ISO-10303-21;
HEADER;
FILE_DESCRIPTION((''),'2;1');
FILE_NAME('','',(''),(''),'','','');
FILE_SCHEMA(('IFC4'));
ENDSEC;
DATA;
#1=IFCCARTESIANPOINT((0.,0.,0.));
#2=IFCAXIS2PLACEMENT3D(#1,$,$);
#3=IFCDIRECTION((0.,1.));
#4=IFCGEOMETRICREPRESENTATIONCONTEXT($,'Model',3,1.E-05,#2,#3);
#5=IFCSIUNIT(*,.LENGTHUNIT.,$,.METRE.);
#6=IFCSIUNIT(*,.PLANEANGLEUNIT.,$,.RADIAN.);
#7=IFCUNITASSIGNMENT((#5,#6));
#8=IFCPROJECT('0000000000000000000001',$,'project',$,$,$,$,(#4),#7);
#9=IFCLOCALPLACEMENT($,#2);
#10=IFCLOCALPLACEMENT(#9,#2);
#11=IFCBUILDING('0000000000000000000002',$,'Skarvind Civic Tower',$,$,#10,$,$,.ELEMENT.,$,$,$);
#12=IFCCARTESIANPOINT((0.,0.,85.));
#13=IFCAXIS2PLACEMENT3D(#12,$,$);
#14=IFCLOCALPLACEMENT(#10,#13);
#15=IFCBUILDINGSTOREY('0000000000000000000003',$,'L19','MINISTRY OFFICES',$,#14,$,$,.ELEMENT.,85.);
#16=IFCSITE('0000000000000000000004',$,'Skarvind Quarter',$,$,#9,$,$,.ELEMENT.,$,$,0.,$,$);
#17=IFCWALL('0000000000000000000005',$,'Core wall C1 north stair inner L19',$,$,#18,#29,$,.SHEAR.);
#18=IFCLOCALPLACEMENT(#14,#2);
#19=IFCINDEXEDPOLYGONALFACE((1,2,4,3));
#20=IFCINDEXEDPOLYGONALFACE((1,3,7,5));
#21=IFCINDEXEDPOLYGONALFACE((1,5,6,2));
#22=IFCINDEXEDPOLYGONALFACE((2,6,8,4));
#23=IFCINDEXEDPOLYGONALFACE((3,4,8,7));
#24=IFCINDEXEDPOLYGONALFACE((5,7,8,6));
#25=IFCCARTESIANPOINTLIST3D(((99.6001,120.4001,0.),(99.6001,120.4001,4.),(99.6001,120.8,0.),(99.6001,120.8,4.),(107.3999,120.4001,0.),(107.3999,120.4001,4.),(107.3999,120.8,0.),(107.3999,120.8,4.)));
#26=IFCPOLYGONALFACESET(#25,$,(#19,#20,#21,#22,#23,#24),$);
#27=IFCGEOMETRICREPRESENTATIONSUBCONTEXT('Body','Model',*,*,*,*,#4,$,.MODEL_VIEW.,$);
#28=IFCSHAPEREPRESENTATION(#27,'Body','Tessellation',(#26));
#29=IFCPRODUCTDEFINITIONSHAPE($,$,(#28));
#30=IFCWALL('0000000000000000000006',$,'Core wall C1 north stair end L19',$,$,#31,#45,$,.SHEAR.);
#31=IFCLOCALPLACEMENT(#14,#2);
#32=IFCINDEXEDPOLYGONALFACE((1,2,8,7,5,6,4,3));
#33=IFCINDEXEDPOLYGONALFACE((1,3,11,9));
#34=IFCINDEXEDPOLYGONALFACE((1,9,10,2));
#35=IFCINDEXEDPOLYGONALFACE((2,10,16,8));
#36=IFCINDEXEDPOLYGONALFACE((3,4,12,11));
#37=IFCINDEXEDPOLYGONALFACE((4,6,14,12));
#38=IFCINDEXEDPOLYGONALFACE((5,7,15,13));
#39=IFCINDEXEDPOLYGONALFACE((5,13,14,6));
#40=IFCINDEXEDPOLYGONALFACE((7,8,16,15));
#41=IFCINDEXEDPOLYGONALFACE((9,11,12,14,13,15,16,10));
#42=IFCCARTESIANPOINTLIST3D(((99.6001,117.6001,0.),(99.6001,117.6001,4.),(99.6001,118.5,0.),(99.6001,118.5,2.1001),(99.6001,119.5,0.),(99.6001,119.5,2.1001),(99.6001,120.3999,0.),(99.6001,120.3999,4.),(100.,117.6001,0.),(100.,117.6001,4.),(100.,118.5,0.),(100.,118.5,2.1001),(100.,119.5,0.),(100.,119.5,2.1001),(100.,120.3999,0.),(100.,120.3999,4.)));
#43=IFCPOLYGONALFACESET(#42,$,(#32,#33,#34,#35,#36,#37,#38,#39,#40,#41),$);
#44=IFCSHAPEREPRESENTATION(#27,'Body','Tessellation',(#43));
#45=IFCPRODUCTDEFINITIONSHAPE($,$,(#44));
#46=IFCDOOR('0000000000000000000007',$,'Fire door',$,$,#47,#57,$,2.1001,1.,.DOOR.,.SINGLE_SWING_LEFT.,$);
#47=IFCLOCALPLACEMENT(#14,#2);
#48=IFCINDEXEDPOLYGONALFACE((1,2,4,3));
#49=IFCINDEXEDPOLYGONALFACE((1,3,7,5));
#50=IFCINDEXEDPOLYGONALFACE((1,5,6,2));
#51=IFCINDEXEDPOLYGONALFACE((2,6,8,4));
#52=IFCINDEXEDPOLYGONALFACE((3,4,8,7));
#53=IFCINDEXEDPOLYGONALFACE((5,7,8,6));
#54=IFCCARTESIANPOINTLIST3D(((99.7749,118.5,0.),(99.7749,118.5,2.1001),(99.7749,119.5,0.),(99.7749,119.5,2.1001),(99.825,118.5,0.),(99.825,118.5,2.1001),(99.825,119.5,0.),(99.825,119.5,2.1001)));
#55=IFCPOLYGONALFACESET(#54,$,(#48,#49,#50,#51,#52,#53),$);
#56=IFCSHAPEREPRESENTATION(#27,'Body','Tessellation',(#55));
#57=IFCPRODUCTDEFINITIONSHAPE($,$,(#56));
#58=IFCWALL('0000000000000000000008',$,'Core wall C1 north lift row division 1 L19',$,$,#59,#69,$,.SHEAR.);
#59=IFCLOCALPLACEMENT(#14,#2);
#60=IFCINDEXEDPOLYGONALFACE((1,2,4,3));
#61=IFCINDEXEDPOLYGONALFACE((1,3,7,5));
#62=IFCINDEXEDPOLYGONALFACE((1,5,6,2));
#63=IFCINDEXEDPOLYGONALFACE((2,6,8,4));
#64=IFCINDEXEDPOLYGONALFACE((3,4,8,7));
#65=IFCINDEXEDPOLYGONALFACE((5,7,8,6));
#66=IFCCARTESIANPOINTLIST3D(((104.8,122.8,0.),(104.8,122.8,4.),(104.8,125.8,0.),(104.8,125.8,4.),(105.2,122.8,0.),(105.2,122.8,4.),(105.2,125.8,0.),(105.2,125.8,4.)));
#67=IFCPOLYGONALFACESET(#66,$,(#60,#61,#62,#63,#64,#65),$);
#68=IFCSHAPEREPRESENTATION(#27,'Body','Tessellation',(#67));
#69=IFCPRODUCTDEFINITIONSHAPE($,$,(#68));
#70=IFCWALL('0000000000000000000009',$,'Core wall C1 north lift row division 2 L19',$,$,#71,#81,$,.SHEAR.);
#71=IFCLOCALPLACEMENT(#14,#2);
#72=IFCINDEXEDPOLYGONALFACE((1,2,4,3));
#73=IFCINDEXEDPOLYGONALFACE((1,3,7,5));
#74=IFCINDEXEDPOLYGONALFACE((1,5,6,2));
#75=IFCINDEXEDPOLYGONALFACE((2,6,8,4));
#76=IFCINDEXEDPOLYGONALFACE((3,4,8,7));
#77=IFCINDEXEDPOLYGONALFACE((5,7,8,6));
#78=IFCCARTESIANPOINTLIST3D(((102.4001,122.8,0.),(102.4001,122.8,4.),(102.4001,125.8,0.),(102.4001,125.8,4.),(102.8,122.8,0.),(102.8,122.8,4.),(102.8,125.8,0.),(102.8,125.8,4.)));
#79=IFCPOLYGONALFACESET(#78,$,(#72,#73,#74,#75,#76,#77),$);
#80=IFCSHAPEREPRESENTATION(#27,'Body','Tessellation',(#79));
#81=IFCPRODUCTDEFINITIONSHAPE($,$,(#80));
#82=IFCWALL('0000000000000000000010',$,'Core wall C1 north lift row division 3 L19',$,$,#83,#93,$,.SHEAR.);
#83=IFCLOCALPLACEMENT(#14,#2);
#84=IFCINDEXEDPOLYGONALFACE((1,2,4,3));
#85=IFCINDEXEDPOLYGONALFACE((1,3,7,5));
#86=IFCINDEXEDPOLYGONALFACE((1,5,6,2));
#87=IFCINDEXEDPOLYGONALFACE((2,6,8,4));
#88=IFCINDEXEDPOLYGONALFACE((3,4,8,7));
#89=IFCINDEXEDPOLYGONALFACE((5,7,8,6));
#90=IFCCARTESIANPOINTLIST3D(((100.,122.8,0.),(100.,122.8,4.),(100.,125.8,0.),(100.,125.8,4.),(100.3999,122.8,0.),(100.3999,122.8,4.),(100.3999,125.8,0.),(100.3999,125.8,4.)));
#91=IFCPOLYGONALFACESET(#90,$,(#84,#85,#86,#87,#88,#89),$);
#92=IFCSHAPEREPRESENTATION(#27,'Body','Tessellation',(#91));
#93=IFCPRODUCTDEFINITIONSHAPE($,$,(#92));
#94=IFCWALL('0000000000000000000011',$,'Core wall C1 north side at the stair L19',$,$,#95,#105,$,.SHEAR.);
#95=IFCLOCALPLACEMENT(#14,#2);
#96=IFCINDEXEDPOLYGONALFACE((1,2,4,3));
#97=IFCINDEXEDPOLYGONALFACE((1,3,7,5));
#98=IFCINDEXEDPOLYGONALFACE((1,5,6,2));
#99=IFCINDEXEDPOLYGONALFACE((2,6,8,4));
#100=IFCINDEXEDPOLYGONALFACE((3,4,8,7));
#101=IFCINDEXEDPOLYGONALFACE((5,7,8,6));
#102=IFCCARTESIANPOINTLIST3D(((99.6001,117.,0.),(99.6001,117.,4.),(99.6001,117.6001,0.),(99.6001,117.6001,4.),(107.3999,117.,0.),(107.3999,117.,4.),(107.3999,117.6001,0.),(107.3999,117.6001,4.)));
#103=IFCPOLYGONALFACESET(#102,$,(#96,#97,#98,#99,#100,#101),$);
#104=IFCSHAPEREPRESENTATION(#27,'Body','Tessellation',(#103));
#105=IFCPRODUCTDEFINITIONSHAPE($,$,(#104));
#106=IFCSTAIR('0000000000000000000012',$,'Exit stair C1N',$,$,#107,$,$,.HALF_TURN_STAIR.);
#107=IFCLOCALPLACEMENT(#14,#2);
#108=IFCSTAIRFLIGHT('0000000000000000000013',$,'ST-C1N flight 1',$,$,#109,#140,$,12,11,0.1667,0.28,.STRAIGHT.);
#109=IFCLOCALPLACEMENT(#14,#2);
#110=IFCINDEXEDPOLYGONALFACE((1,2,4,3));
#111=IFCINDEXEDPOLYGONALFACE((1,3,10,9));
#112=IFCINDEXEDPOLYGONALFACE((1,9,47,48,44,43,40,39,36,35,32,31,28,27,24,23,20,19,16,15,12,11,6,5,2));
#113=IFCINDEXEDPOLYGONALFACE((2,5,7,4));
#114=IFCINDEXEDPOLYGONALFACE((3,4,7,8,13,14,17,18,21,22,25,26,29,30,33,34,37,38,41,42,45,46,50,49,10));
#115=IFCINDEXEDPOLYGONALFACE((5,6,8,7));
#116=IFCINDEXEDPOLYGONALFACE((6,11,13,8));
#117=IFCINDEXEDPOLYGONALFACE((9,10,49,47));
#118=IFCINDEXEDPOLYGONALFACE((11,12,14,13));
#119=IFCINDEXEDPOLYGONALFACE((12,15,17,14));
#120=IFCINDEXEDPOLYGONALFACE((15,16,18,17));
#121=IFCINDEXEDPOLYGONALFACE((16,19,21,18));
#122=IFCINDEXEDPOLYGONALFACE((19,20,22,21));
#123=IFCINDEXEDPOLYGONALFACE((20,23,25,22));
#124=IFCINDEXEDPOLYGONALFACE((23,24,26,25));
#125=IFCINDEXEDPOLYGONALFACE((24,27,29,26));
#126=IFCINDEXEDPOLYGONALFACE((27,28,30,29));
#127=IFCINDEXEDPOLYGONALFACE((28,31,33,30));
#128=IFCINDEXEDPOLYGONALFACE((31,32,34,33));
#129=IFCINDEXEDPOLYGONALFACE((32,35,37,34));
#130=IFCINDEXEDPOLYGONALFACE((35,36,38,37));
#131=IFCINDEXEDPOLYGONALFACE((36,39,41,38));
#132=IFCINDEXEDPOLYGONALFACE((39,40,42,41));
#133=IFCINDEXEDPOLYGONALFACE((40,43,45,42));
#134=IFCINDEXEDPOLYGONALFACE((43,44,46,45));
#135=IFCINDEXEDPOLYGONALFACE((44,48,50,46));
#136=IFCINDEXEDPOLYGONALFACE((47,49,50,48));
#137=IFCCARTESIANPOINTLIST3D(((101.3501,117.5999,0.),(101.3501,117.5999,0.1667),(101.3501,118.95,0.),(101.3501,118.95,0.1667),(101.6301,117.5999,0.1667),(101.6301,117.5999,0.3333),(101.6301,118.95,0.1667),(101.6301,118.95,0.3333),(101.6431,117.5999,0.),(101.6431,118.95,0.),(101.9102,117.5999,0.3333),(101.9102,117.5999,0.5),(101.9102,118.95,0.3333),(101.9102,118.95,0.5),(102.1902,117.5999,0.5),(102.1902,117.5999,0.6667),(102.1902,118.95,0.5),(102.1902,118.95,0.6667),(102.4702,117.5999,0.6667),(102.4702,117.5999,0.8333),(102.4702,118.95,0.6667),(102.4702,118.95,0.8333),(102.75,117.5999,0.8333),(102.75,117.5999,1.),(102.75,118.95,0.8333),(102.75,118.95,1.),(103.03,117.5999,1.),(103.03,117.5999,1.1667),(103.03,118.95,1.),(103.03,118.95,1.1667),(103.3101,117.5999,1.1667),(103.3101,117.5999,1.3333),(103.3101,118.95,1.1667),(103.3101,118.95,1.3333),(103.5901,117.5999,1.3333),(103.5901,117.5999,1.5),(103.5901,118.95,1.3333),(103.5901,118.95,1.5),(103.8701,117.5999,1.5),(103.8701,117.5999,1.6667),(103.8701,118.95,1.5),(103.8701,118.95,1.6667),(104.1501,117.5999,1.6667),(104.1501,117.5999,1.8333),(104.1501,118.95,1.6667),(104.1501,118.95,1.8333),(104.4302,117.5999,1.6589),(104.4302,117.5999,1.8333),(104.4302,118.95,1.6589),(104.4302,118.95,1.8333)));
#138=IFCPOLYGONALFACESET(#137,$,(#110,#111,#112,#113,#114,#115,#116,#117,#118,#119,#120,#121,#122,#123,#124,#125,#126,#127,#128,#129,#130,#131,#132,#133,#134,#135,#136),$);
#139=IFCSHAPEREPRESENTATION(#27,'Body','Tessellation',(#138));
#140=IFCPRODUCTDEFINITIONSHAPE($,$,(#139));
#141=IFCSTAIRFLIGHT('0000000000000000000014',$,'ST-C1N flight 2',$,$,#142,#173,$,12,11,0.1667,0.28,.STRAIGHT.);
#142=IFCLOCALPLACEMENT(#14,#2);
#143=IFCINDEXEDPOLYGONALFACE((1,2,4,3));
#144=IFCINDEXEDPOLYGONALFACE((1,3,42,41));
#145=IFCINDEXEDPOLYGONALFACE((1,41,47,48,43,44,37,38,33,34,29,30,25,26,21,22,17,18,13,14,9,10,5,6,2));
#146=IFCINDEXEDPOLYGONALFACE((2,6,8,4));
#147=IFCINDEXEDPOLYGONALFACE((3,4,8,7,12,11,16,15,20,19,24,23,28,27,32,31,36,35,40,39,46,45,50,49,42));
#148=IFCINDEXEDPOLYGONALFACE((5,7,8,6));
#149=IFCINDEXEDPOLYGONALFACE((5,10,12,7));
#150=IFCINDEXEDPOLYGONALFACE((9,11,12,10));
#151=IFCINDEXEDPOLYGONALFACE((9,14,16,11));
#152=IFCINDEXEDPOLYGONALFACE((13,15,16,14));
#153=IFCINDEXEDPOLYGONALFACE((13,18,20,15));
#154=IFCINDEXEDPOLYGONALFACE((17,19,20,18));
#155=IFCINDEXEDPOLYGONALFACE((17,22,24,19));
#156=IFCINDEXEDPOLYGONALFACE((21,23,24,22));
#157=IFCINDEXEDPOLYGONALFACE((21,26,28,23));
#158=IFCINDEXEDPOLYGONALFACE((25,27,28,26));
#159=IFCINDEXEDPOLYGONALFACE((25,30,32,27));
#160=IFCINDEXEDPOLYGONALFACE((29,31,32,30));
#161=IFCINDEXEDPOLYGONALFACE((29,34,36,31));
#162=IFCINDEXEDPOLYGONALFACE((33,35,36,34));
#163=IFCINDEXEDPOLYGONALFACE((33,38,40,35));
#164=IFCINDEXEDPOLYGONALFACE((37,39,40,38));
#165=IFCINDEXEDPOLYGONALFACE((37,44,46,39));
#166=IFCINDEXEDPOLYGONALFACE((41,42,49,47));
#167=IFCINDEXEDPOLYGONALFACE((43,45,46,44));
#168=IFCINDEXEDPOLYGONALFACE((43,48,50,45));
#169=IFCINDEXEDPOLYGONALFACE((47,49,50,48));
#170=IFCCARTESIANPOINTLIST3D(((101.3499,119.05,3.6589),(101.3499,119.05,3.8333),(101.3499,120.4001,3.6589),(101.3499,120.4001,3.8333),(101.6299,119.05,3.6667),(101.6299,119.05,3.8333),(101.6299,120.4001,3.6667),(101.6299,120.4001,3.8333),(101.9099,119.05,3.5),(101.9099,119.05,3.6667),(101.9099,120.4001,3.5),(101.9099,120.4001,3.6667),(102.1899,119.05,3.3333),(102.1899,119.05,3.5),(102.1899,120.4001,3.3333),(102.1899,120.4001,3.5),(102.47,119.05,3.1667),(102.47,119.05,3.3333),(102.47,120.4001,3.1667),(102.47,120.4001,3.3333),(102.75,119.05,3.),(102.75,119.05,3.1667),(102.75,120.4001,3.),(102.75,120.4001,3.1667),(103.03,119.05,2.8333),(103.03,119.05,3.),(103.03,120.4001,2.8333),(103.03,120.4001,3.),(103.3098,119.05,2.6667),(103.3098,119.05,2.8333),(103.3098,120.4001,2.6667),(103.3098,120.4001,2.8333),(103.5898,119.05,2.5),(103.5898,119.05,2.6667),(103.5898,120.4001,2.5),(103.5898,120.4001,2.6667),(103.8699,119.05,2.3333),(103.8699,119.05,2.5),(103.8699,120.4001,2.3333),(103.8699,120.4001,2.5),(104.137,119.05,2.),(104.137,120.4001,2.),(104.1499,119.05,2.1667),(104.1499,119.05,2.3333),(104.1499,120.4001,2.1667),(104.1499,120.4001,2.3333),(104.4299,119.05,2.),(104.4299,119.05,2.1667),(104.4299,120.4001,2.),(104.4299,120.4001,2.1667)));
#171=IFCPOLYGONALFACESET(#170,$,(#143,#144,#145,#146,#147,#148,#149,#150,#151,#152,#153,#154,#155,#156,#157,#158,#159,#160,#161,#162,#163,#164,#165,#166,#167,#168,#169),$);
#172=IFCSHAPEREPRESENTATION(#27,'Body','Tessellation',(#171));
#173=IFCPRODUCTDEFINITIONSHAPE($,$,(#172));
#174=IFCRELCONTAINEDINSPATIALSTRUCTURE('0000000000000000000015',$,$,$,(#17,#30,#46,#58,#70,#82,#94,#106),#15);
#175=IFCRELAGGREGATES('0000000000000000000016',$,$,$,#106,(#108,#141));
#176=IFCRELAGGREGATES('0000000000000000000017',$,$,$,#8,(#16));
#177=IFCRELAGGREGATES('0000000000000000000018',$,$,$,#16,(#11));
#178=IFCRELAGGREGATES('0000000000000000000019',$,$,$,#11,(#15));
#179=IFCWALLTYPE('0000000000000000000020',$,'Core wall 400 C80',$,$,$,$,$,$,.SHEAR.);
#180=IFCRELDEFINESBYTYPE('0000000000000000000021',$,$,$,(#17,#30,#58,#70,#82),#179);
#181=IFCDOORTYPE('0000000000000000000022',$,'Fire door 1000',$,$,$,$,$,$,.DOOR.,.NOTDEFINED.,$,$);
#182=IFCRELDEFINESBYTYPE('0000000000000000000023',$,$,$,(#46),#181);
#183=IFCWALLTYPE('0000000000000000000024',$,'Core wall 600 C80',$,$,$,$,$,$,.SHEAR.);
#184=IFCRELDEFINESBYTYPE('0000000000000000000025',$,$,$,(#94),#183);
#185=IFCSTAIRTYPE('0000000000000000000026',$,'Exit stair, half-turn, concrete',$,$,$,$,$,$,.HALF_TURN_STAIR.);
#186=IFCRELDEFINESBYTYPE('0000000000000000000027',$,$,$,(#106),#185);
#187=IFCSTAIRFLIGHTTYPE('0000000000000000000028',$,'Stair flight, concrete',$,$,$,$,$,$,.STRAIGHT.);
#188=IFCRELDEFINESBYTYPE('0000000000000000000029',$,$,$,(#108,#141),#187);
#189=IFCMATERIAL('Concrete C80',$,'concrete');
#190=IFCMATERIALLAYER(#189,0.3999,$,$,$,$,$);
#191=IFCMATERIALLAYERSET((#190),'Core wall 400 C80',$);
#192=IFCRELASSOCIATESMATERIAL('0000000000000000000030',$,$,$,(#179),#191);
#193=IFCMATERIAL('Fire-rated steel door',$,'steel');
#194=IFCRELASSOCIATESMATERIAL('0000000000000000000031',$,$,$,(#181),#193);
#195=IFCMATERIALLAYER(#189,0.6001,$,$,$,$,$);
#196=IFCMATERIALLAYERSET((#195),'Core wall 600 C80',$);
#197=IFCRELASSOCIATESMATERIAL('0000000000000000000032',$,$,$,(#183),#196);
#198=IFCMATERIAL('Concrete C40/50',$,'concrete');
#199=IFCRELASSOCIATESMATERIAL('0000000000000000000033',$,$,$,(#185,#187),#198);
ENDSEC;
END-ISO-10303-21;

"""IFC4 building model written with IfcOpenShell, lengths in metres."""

from ifc_helpers import new_model, si_unit, direction, frame, frame_2d, origin, place, context, subcontext, project, spatial, polyline, rectangle, outline, extrude, material, layer, layer_set, type_object, element, fill, aggregate, save


model = new_model("IFC4")

# Units and contexts
model_context = context("Model", 3, precision=1e-05, world=origin(), true_north=direction((0.0, 1.0)))
body_context = subcontext(model_context, "Body", "Model", "MODEL_VIEW")
ifc_project = project(units=[si_unit("LENGTHUNIT", "METRE"), si_unit("PLANEANGLEUNIT", "RADIAN")], contexts=[model_context])

# Site, building, storey
site_placement = place(None, origin())
site = spatial("IfcSite", under=ifc_project, at=site_placement, Name="Skarvind Quarter", CompositionType="ELEMENT", RefElevation=0.0)
building_placement = place(site_placement, origin())
building = spatial("IfcBuilding", under=site, at=building_placement, Name="Skarvind Civic Tower", CompositionType="ELEMENT")
storey_placement = place(building_placement, frame((0.0, 0.0, 85.0)))
storey = spatial("IfcBuildingStorey", under=building, at=storey_placement, Name="L19", Description="MINISTRY OFFICES", CompositionType="ELEMENT", Elevation=85.0)

# Wall
ifc_material_1 = material(Name="Concrete C80", Category="concrete")
ifc_layer_1 = layer(ifc_material_1, 0.3999)
ifc_layer_set_1 = layer_set([ifc_layer_1], Name="Core wall 400 C80")
wall_type_1 = type_object("IfcWallType", Name="Core wall 400 C80", PredefinedType="SHEAR", material=ifc_layer_set_1)
wall_1_placement = place(storey_placement, frame((107.3999, 120.6001, 0.0), z_axis=(0.0, 0.0, 1.0), x_axis=(-1.0, 0.0, 0.0)))
element("IfcWall", 1, at=wall_1_placement, inside=storey, type_object=wall_type_1, Name="Core wall C1 north stair inner L19", PredefinedType="SHEAR", context=body_context, shape_type="SweptSolid", body=[
    extrude(rectangle(XDim=7.7998, YDim=0.3999, at=frame_2d((3.8999, 0.0))), origin(), (0.0, 0.0, 1.0), 4.0),
])

# Wall, opening, door
wall_2_placement = place(storey_placement, frame((99.8, 120.3999, 0.0), z_axis=(0.0, 0.0, 1.0), x_axis=(0.0, -1.0, 0.0)))
wall_2 = element("IfcWall", 2, at=wall_2_placement, inside=storey, type_object=wall_type_1, Name="Core wall C1 north stair end L19", PredefinedType="SHEAR", context=body_context, shape_type="SweptSolid", body=[
    extrude(rectangle(XDim=2.7998, YDim=0.3999, at=frame_2d((1.3999, 0.0))), origin(), (0.0, 0.0, 1.0), 4.0),
])
opening_placement = place(wall_2_placement, frame((0.8999, 0.0, 0.0)))
opening = element("IfcOpeningElement", 3, at=opening_placement, cuts=wall_2, PredefinedType="OPENING", context=body_context, shape_type="SweptSolid", body=[
    extrude(rectangle(XDim=1.0, YDim=2.1001, at=frame_2d((0.5, 1.05))), frame((0.0, 0.21, 0.0), z_axis=(0.0, -1.0, 0.0), x_axis=(1.0, 0.0, 0.0)), (0.0, 0.0, 1.0), 0.4199),
])
ifc_material_2 = material(Name="Fire-rated steel door", Category="steel")
door_type = type_object("IfcDoorType", Name="Fire door 1000", OperationType="NOTDEFINED", PredefinedType="DOOR", material=ifc_material_2)
door_placement = place(opening_placement, origin())
door = element("IfcDoor", 4, at=door_placement, inside=storey, type_object=door_type, Name="Fire door", OperationType="SINGLE_SWING_LEFT", OverallHeight=2.1001, OverallWidth=1.0, PredefinedType="DOOR", context=body_context, shape_type="SweptSolid", body=[
    extrude(rectangle(XDim=1.0, YDim=2.1001, at=frame_2d((0.5, 1.05))), frame((0.0, 0.0249, 0.0), z_axis=(0.0, -1.0, 0.0), x_axis=(1.0, 0.0, 0.0)), (0.0, 0.0, 1.0), 0.05),
])
fill(opening, door)

# Walls
for number, where, z_axis, x_axis, name in (
    (5, (105.0, 125.8, 0.0), (0.0, 0.0, 1.0), (0.0, -1.0, 0.0), "Core wall C1 north lift row division 1 L19"),
    (6, (102.6001, 125.8, 0.0), (0.0, 0.0, 1.0), (0.0, -1.0, 0.0), "Core wall C1 north lift row division 2 L19"),
    (7, (100.2, 125.8, 0.0), (0.0, 0.0, 1.0), (0.0, -1.0, 0.0), "Core wall C1 north lift row division 3 L19"),
):
    element("IfcWall", number, at=place(storey_placement, frame(where, z_axis=z_axis, x_axis=x_axis)), inside=storey, type_object=wall_type_1, Name=name, PredefinedType="SHEAR", context=body_context, shape_type="SweptSolid", body=[
        extrude(rectangle(XDim=3.0, YDim=0.3999, at=frame_2d((1.5, 0.0))), origin(), (0.0, 0.0, 1.0), 4.0),
    ])
ifc_layer_2 = layer(ifc_material_1, 0.6001)
ifc_layer_set_2 = layer_set([ifc_layer_2], Name="Core wall 600 C80")
wall_type_2 = type_object("IfcWallType", Name="Core wall 600 C80", PredefinedType="SHEAR", material=ifc_layer_set_2)
wall_3_placement = place(storey_placement, frame((107.3999, 117.3, 0.0), z_axis=(0.0, 0.0, 1.0), x_axis=(-1.0, 0.0, 0.0)))
element("IfcWall", 8, at=wall_3_placement, inside=storey, type_object=wall_type_2, Name="Core wall C1 north side at the stair L19", PredefinedType="SHEAR", context=body_context, shape_type="SweptSolid", body=[
    extrude(rectangle(XDim=7.7998, YDim=0.6001, at=frame_2d((3.8999, 0.0))), origin(), (0.0, 0.0, 1.0), 4.0),
])

# Stair, stair flights
ifc_material_3 = material(Name="Concrete C40/50", Category="concrete")
stair_type = type_object("IfcStairType", Name="Exit stair, half-turn, concrete", PredefinedType="HALF_TURN_STAIR", material=ifc_material_3)
stair_placement = place(storey_placement, origin())
stair = element("IfcStair", 9, at=stair_placement, inside=storey, type_object=stair_type, Name="Exit stair C1N", PredefinedType="HALF_TURN_STAIR")
stair_flight_type = type_object("IfcStairFlightType", Name="Stair flight, concrete", PredefinedType="STRAIGHT", material=ifc_material_3)
stair_flight_1_placement = place(storey_placement, frame((101.3501, 118.2749, 0.0), z_axis=(0.0, 0.0, 1.0), x_axis=(1.0, 0.0, 0.0)))
stair_flight_1 = element("IfcStairFlight", 10, at=stair_flight_1_placement, type_object=stair_flight_type, Name="ST-C1N flight 1", NumberOfRisers=12, NumberOfTreads=11, PredefinedType="STRAIGHT", RiserHeight=0.1667, TreadLength=0.28, context=body_context, shape_type="SweptSolid", body=[
    extrude(outline(polyline([(0.0, 0.0), (0.0, 0.1667), (0.28, 0.1667), (0.28, 0.3333), (0.5601, 0.3333), (0.5601, 0.5), (0.8401, 0.5), (0.8401, 0.6667), (1.1201, 0.6667), (1.1201, 0.8333), (1.3999, 0.8333), (1.3999, 1.0), (1.6799, 1.0), (1.6799, 1.1667), (1.96, 1.1667), (1.96, 1.3333), (2.24, 1.3333), (2.24, 1.5), (2.52, 1.5), (2.52, 1.6667), (2.8, 1.6667), (2.8, 1.8333), (3.0801, 1.8333), (3.0801, 2.0), (3.0801, 1.6589), (0.293, 0.0), (0.0, 0.0)])), frame((0.0, 0.675, 0.0), z_axis=(0.0, -1.0, 0.0), x_axis=(1.0, 0.0, 0.0)), (0.0, 0.0, 1.0), 1.3501),
])
stair_flight_2_placement = place(storey_placement, frame((104.4299, 119.7251, 2.0), z_axis=(0.0, 0.0, 1.0), x_axis=(-1.0, 0.0, 0.0)))
stair_flight_2 = element("IfcStairFlight", 11, at=stair_flight_2_placement, type_object=stair_flight_type, Name="ST-C1N flight 2", NumberOfRisers=12, NumberOfTreads=11, PredefinedType="STRAIGHT", RiserHeight=0.1667, TreadLength=0.28, context=body_context, shape_type="SweptSolid", body=[
    extrude(outline(polyline([(0.0, 0.0), (0.0, 0.1667), (0.28, 0.1667), (0.28, 0.3333), (0.5601, 0.3333), (0.5601, 0.5), (0.8401, 0.5), (0.8401, 0.6667), (1.1201, 0.6667), (1.1201, 0.8333), (1.3999, 0.8333), (1.3999, 1.0), (1.6799, 1.0), (1.6799, 1.1667), (1.96, 1.1667), (1.96, 1.3333), (2.24, 1.3333), (2.24, 1.5), (2.52, 1.5), (2.52, 1.6667), (2.8, 1.6667), (2.8, 1.8333), (3.0801, 1.8333), (3.0801, 2.0), (3.0801, 1.6589), (0.293, 0.0), (0.0, 0.0)])), frame((0.0, 0.675, 0.0), z_axis=(0.0, -1.0, 0.0), x_axis=(1.0, 0.0, 0.0)), (0.0, 0.0, 1.0), 1.3501),
])
aggregate(stair, [stair_flight_1, stair_flight_2])

save(model, "model.ifc")
